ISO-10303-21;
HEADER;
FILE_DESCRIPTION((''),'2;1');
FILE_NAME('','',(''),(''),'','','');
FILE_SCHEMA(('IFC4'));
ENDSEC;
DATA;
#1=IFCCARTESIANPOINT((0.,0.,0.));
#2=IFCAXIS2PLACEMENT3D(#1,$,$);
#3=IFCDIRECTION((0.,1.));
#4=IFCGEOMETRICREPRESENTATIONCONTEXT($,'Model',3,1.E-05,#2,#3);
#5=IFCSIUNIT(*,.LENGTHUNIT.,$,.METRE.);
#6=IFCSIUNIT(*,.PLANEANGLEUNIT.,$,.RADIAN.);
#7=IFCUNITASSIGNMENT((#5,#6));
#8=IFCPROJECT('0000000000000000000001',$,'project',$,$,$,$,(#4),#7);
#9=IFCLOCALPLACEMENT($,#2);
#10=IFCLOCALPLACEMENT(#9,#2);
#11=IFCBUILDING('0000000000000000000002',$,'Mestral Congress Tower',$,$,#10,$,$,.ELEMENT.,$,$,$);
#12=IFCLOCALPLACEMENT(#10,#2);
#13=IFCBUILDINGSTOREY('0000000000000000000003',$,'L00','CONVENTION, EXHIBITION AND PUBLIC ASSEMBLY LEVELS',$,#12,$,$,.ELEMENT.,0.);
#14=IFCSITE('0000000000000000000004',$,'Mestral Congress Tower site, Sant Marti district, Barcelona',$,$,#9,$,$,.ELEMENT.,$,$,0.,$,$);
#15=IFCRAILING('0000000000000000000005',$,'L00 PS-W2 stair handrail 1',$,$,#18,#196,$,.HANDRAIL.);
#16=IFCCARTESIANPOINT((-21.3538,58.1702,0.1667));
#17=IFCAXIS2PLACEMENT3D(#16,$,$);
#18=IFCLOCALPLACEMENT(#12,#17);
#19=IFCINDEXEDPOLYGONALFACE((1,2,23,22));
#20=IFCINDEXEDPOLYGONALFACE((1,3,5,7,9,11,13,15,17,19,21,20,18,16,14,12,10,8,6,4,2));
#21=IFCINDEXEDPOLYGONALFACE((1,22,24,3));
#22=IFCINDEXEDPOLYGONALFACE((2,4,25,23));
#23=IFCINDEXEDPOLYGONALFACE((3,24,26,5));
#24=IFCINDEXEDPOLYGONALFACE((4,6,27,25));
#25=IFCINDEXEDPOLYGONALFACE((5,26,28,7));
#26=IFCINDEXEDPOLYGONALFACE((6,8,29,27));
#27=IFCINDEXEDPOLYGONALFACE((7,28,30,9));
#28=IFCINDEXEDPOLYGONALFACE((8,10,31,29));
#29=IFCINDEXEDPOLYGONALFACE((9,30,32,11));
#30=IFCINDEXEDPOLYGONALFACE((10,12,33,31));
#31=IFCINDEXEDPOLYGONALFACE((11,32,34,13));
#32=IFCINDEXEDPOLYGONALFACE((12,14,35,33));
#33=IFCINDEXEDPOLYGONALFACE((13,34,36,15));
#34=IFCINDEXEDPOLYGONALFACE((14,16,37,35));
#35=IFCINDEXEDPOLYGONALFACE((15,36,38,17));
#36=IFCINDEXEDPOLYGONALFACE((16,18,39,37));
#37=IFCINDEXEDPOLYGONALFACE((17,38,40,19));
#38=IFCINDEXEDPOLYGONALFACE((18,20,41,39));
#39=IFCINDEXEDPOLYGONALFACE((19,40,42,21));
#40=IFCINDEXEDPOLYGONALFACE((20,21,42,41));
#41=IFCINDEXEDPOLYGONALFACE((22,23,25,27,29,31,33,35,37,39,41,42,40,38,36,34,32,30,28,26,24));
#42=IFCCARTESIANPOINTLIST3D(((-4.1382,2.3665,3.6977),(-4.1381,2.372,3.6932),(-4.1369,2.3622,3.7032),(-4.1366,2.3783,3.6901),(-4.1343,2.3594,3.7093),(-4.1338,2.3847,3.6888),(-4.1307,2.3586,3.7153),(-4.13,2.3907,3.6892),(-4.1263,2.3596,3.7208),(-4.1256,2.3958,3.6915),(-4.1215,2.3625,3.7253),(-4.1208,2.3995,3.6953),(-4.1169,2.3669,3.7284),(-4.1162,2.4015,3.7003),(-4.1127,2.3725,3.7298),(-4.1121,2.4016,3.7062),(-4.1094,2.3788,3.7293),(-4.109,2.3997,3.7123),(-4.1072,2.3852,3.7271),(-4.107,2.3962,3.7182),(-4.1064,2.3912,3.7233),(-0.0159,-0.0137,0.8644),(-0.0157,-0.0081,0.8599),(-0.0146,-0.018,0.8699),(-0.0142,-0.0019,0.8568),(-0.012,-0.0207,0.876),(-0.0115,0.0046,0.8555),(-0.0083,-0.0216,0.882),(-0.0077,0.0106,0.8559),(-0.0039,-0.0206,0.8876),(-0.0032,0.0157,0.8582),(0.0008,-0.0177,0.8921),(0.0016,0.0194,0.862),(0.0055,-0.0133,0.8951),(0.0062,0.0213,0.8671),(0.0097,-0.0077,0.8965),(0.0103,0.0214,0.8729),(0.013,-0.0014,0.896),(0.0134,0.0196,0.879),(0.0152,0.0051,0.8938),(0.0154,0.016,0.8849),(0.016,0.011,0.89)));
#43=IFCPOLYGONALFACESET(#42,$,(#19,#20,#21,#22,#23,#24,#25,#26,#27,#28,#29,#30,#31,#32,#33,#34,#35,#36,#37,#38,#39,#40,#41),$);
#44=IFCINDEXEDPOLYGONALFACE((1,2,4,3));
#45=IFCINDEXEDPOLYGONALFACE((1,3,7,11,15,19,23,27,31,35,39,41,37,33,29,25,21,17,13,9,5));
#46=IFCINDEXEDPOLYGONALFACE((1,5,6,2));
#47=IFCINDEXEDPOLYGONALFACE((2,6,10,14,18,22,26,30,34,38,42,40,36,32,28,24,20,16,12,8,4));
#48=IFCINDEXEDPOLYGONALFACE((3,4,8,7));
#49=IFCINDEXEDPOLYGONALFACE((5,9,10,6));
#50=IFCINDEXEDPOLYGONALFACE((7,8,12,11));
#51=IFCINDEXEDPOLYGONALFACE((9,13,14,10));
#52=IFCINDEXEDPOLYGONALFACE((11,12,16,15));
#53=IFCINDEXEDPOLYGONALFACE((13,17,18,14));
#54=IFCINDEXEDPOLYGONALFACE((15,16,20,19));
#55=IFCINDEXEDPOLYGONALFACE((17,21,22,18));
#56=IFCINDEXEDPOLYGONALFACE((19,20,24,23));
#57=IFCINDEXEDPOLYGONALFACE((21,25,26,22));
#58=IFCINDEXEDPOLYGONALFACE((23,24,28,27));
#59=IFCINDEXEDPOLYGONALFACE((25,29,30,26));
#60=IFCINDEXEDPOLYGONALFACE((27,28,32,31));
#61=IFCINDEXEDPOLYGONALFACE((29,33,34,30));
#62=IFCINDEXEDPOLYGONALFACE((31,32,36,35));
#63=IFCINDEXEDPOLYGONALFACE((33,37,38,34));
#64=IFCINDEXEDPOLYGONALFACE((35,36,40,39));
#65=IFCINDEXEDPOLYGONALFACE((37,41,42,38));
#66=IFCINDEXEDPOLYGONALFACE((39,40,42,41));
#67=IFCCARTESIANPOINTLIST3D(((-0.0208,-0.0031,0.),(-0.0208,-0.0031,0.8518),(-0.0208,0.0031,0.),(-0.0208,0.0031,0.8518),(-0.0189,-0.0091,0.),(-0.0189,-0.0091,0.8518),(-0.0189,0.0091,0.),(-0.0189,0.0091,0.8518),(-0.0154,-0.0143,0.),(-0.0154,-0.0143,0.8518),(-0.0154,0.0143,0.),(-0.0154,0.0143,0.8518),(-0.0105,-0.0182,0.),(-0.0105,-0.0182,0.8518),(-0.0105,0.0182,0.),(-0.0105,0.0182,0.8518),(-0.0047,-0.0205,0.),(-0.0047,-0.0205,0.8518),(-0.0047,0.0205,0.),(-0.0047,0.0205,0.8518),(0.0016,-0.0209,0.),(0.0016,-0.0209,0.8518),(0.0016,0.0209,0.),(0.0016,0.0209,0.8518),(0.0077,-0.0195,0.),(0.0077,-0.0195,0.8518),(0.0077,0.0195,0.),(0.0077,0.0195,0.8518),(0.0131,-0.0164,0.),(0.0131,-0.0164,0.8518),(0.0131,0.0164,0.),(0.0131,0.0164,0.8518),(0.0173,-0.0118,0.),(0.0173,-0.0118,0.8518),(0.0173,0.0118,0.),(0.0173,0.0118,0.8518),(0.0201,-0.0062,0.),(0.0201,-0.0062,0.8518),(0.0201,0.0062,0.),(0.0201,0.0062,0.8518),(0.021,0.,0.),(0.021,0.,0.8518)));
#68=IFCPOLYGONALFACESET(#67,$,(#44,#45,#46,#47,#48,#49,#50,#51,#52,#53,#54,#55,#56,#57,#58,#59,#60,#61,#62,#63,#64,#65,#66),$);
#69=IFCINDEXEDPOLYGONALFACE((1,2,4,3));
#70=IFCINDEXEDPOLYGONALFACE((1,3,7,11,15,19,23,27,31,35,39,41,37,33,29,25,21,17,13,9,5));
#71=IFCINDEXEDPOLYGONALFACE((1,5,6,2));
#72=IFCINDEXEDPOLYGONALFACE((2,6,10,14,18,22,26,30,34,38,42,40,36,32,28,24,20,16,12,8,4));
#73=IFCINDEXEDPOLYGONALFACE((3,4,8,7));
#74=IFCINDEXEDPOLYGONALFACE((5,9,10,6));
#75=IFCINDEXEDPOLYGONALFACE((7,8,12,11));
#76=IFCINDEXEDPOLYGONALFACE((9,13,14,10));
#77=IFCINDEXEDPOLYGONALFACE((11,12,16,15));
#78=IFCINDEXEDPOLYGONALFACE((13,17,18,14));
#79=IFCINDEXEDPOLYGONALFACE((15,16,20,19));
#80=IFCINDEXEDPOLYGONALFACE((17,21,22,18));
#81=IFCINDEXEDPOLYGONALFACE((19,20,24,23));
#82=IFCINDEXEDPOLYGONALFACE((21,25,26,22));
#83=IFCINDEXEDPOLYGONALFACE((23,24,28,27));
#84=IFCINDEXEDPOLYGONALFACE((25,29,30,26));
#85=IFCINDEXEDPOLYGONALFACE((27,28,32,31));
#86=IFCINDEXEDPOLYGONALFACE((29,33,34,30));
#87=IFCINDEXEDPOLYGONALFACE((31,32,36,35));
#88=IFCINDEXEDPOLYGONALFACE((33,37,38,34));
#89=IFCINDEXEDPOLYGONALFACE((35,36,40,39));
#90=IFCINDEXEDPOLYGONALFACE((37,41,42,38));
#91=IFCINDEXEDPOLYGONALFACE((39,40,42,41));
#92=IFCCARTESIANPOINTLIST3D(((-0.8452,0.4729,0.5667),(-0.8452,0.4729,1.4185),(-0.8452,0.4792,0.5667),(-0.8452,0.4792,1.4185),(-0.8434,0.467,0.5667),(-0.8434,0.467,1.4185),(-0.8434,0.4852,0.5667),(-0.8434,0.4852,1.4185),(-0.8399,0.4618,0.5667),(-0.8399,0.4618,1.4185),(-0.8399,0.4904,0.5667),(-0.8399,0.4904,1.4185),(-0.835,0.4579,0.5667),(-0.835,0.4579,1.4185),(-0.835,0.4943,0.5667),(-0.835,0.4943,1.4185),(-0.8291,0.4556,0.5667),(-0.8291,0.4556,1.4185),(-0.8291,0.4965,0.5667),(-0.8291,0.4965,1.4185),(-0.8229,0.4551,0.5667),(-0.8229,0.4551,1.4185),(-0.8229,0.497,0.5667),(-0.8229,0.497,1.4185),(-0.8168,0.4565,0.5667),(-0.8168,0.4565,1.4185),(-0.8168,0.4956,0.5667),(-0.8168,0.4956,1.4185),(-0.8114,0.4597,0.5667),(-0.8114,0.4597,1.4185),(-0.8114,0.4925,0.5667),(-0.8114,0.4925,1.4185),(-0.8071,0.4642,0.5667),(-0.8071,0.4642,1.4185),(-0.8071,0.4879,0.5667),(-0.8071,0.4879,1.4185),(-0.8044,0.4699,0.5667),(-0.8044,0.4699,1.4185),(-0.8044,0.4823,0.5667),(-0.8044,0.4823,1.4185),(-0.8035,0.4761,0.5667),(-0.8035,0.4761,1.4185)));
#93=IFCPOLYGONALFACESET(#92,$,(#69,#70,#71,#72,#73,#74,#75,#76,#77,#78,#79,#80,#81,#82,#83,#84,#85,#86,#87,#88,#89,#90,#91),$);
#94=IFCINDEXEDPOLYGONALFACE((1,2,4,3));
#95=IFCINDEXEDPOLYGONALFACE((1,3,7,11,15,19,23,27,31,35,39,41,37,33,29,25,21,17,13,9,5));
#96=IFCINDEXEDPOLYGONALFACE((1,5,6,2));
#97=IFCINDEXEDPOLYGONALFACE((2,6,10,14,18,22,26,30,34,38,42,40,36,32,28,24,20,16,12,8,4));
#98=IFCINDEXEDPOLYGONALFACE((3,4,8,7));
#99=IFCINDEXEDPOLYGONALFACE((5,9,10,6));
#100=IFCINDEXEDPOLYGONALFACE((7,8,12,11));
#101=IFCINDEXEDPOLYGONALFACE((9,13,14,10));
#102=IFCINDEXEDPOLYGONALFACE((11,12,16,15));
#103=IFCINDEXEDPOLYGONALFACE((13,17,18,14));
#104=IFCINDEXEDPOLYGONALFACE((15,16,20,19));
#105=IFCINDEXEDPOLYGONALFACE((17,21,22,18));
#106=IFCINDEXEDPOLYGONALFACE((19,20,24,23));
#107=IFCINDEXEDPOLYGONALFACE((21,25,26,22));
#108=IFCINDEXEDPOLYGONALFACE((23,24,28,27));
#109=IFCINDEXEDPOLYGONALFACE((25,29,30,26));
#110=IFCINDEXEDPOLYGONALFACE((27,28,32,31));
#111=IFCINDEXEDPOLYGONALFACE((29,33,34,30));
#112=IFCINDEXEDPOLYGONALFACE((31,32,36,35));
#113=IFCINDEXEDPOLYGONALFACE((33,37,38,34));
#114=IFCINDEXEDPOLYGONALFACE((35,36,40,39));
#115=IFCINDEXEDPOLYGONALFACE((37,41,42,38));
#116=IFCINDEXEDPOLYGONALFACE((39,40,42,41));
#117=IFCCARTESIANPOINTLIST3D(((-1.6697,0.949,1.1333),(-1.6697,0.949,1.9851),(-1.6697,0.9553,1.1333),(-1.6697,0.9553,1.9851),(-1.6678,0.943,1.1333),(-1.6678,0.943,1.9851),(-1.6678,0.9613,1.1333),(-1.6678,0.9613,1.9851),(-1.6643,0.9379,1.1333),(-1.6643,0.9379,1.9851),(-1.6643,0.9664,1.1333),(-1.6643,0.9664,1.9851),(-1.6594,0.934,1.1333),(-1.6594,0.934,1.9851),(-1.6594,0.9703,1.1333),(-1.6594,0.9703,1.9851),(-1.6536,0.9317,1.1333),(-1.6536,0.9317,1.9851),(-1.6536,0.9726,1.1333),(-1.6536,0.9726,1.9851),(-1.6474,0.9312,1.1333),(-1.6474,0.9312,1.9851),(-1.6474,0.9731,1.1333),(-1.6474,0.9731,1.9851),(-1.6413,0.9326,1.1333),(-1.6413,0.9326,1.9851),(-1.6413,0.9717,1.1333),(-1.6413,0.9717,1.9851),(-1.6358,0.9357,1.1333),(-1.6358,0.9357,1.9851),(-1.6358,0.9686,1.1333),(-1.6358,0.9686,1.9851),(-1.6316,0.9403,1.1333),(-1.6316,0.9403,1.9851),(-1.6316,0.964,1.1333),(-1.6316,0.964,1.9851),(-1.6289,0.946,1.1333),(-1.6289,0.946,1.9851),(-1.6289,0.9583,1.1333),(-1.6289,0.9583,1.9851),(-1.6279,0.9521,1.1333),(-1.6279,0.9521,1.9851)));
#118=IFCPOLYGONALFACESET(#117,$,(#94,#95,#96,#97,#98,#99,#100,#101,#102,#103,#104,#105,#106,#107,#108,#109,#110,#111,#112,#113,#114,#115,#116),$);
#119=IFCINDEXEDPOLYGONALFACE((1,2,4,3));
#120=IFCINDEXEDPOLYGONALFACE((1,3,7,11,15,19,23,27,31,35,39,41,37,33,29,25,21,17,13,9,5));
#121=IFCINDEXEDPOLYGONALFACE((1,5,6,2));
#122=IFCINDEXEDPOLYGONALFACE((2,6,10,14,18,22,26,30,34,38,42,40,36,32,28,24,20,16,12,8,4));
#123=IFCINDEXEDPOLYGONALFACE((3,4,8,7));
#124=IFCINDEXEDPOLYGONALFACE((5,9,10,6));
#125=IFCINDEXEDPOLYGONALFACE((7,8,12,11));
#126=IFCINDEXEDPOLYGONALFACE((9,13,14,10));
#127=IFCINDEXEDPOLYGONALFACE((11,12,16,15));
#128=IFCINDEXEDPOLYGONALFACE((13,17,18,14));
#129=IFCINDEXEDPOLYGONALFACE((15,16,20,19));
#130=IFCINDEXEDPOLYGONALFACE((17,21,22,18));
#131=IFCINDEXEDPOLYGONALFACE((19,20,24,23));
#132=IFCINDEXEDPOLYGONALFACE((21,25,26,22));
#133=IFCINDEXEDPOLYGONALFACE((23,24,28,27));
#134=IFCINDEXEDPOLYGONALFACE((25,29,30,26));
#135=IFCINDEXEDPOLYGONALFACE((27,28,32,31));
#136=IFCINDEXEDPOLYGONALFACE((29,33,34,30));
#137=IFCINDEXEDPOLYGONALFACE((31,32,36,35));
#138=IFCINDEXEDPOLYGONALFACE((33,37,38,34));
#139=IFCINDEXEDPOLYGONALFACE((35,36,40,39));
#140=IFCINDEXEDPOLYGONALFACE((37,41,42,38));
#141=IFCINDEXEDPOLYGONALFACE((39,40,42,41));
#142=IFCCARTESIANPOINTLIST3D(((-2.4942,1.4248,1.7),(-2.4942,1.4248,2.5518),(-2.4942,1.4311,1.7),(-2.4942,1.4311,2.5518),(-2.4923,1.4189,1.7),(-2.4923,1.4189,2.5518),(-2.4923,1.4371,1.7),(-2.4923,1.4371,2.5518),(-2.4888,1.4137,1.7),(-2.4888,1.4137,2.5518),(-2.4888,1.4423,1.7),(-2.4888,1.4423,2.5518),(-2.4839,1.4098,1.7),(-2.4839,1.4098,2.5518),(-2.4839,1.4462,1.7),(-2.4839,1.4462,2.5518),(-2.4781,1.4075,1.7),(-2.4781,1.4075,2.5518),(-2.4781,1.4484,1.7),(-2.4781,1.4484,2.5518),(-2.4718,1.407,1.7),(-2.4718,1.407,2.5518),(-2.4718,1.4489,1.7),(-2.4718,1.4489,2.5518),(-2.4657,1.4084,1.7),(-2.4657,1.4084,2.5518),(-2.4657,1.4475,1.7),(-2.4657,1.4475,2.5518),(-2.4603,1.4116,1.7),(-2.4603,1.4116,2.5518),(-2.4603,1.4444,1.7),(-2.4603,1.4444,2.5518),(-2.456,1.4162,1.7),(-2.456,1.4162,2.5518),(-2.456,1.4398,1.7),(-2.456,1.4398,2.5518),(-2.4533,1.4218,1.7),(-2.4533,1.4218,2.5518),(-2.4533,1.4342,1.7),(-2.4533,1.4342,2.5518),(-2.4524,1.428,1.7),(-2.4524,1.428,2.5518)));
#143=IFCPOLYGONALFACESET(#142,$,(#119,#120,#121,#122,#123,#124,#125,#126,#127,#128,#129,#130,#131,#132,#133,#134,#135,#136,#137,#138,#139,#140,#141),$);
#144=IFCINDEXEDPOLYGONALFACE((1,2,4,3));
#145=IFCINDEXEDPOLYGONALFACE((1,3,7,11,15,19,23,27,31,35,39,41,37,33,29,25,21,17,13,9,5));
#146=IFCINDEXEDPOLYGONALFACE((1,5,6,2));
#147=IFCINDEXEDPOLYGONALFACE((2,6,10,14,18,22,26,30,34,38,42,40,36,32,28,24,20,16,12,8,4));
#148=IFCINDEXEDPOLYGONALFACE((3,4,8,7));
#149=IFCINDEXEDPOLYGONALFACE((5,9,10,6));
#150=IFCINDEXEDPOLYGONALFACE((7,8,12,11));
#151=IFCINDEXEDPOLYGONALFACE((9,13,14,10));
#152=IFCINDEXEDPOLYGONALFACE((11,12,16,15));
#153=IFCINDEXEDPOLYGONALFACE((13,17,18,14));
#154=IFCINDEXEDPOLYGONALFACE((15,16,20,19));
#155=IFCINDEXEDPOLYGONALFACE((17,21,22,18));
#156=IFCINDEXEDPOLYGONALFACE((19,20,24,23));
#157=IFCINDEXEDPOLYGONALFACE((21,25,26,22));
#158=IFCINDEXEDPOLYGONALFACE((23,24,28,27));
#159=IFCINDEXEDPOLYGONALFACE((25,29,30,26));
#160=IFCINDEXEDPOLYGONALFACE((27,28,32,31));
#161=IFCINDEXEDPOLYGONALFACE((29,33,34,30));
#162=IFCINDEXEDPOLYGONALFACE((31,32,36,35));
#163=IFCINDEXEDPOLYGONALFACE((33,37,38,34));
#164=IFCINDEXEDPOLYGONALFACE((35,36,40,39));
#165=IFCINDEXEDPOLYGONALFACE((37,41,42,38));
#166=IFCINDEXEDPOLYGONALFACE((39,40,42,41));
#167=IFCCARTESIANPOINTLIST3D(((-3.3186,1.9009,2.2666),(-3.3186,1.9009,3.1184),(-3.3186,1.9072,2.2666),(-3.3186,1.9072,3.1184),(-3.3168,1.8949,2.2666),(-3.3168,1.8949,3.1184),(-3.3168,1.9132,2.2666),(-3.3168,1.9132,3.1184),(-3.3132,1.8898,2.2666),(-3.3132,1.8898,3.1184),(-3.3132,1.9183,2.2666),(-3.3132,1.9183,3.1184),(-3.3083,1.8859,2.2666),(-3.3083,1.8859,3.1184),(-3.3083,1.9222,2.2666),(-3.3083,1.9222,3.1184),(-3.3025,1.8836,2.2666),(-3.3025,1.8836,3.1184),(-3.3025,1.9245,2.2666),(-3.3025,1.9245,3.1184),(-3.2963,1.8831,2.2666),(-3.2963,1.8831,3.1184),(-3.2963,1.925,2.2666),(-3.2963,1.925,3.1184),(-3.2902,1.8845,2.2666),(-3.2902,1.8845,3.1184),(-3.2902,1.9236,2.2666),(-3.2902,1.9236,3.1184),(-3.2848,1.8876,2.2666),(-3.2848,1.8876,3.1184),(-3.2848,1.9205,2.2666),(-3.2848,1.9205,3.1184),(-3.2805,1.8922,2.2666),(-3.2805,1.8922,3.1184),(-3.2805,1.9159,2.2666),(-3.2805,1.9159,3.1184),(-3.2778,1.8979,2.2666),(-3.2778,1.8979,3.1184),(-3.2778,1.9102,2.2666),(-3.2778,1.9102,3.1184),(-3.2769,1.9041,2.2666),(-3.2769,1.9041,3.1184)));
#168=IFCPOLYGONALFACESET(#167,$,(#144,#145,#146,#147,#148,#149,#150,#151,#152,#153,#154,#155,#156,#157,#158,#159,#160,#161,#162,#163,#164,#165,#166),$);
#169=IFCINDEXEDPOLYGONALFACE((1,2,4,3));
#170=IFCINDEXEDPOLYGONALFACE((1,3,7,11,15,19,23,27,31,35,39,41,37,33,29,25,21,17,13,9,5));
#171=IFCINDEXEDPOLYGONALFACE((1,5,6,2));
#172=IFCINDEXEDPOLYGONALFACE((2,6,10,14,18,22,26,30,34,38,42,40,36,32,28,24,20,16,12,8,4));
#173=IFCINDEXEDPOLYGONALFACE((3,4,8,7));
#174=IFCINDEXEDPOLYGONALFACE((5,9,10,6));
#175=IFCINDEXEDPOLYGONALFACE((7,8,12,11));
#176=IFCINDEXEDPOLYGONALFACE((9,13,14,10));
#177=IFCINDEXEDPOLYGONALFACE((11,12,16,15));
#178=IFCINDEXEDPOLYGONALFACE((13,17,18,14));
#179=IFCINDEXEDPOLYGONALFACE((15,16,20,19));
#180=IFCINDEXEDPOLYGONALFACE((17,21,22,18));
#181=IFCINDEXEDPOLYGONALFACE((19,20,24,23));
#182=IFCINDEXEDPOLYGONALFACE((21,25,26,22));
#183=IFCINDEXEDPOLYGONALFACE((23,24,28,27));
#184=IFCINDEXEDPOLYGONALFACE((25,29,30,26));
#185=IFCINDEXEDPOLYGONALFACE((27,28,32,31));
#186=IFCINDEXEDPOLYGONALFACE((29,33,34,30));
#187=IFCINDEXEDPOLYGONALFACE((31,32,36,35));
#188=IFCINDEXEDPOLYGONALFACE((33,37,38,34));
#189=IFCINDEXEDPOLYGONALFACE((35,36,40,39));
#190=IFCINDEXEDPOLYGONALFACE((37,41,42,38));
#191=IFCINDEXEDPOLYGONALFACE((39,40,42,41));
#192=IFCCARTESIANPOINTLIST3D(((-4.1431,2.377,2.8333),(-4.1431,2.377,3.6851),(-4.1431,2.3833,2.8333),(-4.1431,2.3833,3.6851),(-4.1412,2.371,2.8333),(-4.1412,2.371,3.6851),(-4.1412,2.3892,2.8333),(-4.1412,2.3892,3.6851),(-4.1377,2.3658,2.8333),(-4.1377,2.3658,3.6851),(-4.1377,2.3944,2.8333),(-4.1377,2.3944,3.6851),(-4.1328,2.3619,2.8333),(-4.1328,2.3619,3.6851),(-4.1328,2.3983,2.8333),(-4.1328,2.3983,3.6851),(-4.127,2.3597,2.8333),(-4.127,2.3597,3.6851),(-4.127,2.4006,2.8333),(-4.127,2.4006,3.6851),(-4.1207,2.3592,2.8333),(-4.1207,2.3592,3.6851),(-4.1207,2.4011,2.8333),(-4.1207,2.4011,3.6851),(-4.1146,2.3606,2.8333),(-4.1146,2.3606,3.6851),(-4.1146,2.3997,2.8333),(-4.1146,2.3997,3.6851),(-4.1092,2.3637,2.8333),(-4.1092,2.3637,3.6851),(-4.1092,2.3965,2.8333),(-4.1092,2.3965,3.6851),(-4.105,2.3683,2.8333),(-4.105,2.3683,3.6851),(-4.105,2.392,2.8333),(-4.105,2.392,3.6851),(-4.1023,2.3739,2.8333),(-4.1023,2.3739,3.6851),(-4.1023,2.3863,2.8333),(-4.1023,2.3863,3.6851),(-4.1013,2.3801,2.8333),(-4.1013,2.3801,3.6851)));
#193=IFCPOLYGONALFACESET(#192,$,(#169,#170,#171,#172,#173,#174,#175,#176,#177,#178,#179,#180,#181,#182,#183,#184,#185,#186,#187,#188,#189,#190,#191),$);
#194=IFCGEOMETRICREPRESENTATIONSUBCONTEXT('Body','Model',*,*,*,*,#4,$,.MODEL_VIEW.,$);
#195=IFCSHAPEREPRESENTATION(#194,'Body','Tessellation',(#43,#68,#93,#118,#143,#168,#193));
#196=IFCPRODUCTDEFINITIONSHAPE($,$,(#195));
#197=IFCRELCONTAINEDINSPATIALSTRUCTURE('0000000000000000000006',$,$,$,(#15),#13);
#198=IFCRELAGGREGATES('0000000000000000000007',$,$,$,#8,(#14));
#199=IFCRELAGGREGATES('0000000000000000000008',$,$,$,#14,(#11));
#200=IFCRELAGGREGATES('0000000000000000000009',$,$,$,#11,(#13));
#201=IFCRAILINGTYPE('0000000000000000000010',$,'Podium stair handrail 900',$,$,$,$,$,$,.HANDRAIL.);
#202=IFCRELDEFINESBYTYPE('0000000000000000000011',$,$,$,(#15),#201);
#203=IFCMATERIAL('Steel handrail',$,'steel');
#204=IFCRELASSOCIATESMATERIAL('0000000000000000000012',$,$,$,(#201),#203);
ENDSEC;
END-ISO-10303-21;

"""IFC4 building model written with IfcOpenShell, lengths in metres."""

from ifc_helpers import new_model, si_unit, direction, frame, origin, origin_2d, place, context, subcontext, project, spatial, circle, extrude, material, type_object, element, save


model = new_model("IFC4")

# Units and contexts
model_context = context("Model", 3, precision=1e-05, world=origin(), true_north=direction((0.0, 1.0)))
body_context = subcontext(model_context, "Body", "Model", "MODEL_VIEW")
ifc_project = project(units=[si_unit("LENGTHUNIT", "METRE"), si_unit("PLANEANGLEUNIT", "RADIAN")], contexts=[model_context])

# Site, building, storey
site_placement = place(None, origin())
site = spatial("IfcSite", under=ifc_project, at=site_placement, Name="Mestral Congress Tower site, Sant Marti district, Barcelona", CompositionType="ELEMENT", RefElevation=0.0)
building_placement = place(site_placement, origin())
building = spatial("IfcBuilding", under=site, at=building_placement, Name="Mestral Congress Tower", CompositionType="ELEMENT")
storey_placement = place(building_placement, origin())
storey = spatial("IfcBuildingStorey", under=building, at=storey_placement, Name="L00", Description="CONVENTION, EXHIBITION AND PUBLIC ASSEMBLY LEVELS", CompositionType="ELEMENT", Elevation=0.0)

# Railing
ifc_material_1 = material(Name="Steel handrail", Category="steel")
railing_type_1 = type_object("IfcRailingType", Name="Podium stair handrail 900", PredefinedType="HANDRAIL", material=ifc_material_1)
railing_1_placement = place(storey_placement, frame((-21.3538, 58.1702, 0.1667)))
element("IfcRailing", 1, at=railing_1_placement, inside=storey, type_object=railing_type_1, Name="L00 PS-W2 stair handrail 1", PredefinedType="HANDRAIL", context=body_context, shape_type="SweptSolid", body=[
    extrude(circle(Radius=0.0239, at=origin_2d()), frame((0.0, 0.0, 0.876), z_axis=(-0.74417, 0.429666, 0.511466), x_axis=(-0.500017, -0.866016, 0.0)), (0.0, 0.0, 1.0), 5.5396),
    extrude(circle(Radius=0.021, at=origin_2d()), origin(), (0.0, 0.0, 1.0), 0.8518),
    extrude(circle(Radius=0.021, at=origin_2d()), frame((-0.8245, 0.4761, 0.5667)), (0.0, 0.0, 1.0), 0.8518),
    extrude(circle(Radius=0.021, at=origin_2d()), frame((-1.6489, 0.9521, 1.1333)), (0.0, 0.0, 1.0), 0.8518),
    extrude(circle(Radius=0.021, at=origin_2d()), frame((-2.4734, 1.428, 1.7)), (0.0, 0.0, 1.0), 0.8518),
    extrude(circle(Radius=0.021, at=origin_2d()), frame((-3.2979, 1.9041, 2.2666)), (0.0, 0.0, 1.0), 0.8518),
    extrude(circle(Radius=0.021, at=origin_2d()), frame((-4.1223, 2.3801, 2.8333)), (0.0, 0.0, 1.0), 0.8518),
])

save(model, "model.ifc")
